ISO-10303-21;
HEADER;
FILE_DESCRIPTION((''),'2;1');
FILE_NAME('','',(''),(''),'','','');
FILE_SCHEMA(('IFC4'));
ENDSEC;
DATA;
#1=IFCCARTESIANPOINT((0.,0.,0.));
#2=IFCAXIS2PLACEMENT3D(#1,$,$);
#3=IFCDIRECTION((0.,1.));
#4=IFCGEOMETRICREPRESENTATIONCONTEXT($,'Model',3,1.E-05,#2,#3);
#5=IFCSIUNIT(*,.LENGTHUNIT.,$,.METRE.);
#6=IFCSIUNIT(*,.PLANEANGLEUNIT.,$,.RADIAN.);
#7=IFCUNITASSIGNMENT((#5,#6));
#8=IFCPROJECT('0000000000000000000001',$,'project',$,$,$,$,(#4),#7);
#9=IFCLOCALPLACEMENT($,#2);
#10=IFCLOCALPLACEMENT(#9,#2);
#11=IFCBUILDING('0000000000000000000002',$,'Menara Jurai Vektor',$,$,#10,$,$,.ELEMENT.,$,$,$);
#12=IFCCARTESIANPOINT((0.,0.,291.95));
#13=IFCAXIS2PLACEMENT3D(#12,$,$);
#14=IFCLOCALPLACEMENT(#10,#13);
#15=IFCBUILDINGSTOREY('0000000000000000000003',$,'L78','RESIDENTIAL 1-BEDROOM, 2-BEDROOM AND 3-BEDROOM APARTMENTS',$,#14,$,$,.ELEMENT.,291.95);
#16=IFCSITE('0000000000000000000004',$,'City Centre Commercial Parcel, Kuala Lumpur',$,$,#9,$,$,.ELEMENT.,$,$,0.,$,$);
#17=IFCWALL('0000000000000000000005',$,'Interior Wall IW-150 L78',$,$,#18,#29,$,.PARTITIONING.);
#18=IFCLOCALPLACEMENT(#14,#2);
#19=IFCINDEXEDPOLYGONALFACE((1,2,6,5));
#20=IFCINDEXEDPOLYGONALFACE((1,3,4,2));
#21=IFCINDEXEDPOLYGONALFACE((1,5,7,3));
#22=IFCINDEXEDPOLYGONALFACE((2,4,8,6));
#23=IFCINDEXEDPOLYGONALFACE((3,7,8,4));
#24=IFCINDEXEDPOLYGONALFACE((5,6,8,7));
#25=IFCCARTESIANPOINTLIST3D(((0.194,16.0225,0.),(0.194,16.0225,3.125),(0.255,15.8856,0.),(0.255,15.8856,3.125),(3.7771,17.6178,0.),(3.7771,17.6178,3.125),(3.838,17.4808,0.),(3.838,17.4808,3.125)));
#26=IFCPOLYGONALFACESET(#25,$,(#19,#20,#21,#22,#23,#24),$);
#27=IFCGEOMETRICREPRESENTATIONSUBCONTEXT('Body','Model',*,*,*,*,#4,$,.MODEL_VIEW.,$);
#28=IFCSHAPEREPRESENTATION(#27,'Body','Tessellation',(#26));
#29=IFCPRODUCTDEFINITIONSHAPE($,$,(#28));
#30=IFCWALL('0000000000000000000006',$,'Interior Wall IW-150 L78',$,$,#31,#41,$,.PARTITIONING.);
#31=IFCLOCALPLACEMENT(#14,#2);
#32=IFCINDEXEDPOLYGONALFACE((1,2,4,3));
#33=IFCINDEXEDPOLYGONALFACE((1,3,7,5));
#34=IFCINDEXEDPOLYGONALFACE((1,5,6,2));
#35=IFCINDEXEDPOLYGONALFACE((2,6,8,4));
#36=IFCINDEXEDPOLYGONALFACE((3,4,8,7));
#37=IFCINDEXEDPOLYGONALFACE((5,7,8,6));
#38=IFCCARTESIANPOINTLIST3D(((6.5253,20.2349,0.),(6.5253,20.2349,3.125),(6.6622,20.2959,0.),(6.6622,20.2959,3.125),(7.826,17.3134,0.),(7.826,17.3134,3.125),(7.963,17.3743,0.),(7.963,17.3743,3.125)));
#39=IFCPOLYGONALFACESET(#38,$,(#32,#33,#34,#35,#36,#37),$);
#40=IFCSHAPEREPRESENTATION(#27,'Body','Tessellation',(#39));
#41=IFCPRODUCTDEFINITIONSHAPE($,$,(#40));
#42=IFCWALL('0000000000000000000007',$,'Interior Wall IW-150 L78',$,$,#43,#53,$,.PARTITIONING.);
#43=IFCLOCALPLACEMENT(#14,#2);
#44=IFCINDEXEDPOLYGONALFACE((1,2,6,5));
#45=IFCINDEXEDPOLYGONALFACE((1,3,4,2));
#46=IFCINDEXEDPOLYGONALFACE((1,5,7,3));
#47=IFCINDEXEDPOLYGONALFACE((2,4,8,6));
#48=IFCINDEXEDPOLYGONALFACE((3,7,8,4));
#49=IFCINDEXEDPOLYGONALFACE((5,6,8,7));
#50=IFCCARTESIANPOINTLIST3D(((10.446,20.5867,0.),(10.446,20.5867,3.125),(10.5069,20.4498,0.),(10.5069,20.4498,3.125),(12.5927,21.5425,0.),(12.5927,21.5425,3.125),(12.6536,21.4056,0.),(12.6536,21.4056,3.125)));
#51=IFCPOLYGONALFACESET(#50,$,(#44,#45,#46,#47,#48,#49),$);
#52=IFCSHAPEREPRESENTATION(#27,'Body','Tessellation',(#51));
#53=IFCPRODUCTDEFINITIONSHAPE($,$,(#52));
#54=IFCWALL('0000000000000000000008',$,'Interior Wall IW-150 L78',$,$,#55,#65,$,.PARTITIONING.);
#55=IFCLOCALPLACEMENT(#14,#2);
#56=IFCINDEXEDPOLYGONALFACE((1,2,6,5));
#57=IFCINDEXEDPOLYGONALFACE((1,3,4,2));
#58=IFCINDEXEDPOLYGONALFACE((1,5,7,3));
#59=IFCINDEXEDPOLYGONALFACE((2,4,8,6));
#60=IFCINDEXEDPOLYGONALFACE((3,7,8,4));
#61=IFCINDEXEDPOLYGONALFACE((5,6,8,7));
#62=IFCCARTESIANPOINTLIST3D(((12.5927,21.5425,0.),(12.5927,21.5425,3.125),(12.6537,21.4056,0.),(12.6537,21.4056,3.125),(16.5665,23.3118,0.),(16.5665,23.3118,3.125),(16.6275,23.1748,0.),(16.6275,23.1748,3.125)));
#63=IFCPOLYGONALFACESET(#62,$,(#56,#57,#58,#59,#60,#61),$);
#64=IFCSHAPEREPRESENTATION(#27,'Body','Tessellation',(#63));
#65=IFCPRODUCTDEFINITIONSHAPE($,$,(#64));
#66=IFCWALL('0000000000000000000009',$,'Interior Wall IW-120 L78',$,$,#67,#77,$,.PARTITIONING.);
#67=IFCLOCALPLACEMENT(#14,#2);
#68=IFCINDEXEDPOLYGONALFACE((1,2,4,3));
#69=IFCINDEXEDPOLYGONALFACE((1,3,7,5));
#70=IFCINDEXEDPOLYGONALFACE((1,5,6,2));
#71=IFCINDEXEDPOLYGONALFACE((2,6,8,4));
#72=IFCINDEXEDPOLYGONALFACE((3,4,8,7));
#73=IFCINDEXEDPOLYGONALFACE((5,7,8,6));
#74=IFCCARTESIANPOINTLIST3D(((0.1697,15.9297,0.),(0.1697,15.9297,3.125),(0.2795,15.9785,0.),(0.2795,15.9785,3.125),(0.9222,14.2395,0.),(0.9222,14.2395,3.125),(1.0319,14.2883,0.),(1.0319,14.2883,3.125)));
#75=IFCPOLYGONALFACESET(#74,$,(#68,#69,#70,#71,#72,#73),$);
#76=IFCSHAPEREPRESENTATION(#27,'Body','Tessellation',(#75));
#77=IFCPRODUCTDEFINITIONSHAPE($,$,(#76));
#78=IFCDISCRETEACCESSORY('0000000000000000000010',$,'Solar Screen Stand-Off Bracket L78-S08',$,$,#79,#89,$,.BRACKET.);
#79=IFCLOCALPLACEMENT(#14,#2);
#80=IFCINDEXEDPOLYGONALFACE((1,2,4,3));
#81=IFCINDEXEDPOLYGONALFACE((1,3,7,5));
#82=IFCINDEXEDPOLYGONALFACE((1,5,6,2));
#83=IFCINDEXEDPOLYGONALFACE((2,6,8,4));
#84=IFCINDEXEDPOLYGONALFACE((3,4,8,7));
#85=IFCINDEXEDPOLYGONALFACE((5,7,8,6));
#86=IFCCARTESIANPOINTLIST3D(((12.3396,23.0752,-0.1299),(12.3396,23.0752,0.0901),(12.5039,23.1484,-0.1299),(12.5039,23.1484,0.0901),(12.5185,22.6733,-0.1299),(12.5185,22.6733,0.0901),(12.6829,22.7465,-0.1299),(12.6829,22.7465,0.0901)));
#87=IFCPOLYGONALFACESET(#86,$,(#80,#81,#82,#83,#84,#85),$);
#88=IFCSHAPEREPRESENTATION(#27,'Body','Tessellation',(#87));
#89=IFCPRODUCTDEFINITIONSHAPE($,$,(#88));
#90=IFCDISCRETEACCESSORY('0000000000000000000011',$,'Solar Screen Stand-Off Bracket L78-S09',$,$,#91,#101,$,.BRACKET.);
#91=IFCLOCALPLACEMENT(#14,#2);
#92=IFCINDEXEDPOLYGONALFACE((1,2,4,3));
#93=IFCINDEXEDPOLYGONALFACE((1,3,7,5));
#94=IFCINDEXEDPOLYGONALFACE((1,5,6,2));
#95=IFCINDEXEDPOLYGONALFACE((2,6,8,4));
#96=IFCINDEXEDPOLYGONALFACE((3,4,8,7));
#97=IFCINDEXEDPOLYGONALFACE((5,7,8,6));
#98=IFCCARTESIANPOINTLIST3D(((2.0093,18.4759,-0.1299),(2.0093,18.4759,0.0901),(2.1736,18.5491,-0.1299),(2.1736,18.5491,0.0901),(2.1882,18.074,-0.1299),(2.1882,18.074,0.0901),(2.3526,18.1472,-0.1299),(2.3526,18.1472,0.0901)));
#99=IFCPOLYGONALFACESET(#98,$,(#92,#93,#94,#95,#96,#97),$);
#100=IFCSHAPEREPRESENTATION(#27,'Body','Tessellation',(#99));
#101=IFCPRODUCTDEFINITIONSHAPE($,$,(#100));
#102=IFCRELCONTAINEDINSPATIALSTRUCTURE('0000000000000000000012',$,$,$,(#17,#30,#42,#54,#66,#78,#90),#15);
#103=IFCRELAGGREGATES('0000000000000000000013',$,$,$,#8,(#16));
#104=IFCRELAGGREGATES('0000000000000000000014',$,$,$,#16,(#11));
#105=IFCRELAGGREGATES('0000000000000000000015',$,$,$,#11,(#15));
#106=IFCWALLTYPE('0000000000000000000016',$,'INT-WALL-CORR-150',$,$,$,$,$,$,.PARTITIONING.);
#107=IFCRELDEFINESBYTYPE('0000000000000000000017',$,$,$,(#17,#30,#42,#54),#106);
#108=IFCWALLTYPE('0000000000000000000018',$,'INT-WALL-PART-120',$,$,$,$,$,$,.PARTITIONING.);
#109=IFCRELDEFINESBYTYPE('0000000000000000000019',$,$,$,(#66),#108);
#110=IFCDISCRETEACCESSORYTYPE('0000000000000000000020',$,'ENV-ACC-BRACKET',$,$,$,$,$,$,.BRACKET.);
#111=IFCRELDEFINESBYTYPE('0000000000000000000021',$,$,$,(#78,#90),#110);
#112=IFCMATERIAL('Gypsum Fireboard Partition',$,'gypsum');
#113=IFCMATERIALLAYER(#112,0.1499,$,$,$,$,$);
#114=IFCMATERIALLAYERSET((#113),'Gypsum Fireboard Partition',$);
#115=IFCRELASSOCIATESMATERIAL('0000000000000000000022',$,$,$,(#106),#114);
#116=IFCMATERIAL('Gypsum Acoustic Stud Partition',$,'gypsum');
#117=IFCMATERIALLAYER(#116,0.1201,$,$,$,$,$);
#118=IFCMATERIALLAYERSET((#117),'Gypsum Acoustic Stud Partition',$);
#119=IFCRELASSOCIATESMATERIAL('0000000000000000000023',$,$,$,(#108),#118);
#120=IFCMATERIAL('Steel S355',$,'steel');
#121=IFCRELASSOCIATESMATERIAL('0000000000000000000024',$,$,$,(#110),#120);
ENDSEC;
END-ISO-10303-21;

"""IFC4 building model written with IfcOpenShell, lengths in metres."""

from ifc_helpers import new_model, si_unit, direction, frame, frame_2d, origin, origin_2d, place, context, subcontext, project, spatial, rectangle, extrude, material, layer, layer_set, type_object, element, save


model = new_model("IFC4")

# Units and contexts
model_context = context("Model", 3, precision=1e-05, world=origin(), true_north=direction((0.0, 1.0)))
body_context = subcontext(model_context, "Body", "Model", "MODEL_VIEW")
ifc_project = project(units=[si_unit("LENGTHUNIT", "METRE"), si_unit("PLANEANGLEUNIT", "RADIAN")], contexts=[model_context])

# Site, building, storey
site_placement = place(None, origin())
site = spatial("IfcSite", under=ifc_project, at=site_placement, Name="City Centre Commercial Parcel, Kuala Lumpur", CompositionType="ELEMENT", RefElevation=0.0)
building_placement = place(site_placement, origin())
building = spatial("IfcBuilding", under=site, at=building_placement, Name="Menara Jurai Vektor", CompositionType="ELEMENT")
storey_placement = place(building_placement, frame((0.0, 0.0, 291.95)))
storey = spatial("IfcBuildingStorey", under=building, at=storey_placement, Name="L78", Description="RESIDENTIAL 1-BEDROOM, 2-BEDROOM AND 3-BEDROOM APARTMENTS", CompositionType="ELEMENT", Elevation=291.95)

# Shared definitions
ifc_material_1 = material(Name="Steel S355", Category="steel")

# Shared definitions
ifc_material_2 = material(Name="Gypsum Fireboard Partition", Category="gypsum")
ifc_layer_1 = layer(ifc_material_2, 0.1499)
ifc_layer_set_1 = layer_set([ifc_layer_1], Name="Gypsum Fireboard Partition")
wall_type_1 = type_object("IfcWallType", Name="INT-WALL-CORR-150", PredefinedType="PARTITIONING", material=ifc_layer_set_1)

# Wall
wall_1_placement = place(storey_placement, frame((0.2246, 15.9541, 0.0), z_axis=(0.0, 0.0, 1.0), x_axis=(0.91355, 0.406727, 0.0)))
element("IfcWall", 1, at=wall_1_placement, inside=storey, type_object=wall_type_1, Name="Interior Wall IW-150 L78", PredefinedType="PARTITIONING", context=body_context, shape_type="SweptSolid", body=[
    extrude(rectangle(XDim=3.9221, YDim=0.1499, at=frame_2d((1.9609, 0.0))), origin(), (0.0, 0.0, 1.0), 3.125),
])

# Wall
wall_2_placement = place(storey_placement, frame((7.8945, 17.3438, 0.0), z_axis=(0.0, 0.0, 1.0), x_axis=(-0.406733, 0.913547, 0.0)))
element("IfcWall", 2, at=wall_2_placement, inside=storey, type_object=wall_type_1, Name="Interior Wall IW-150 L78", PredefinedType="PARTITIONING", context=body_context, shape_type="SweptSolid", body=[
    extrude(rectangle(XDim=3.198, YDim=0.1499, at=frame_2d((1.5991, 0.0))), origin(), (0.0, 0.0, 1.0), 3.125),
])

# Walls
wall_3_placement = place(storey_placement, frame((10.4766, 20.5183, 0.0), z_axis=(0.0, 0.0, 1.0), x_axis=(0.913541, 0.406746, 0.0)))
element("IfcWall", 3, at=wall_3_placement, inside=storey, type_object=wall_type_1, Name="Interior Wall IW-150 L78", PredefinedType="PARTITIONING", context=body_context, shape_type="SweptSolid", body=[
    extrude(rectangle(XDim=2.3499, YDim=0.1499, at=frame_2d((1.1748, 0.0))), origin(), (0.0, 0.0, 1.0), 3.125),
])
wall_4_placement = place(storey_placement, frame((12.6233, 21.4741, 0.0), z_axis=(0.0, 0.0, 1.0), x_axis=(0.913545, 0.406737, 0.0)))
element("IfcWall", 4, at=wall_4_placement, inside=storey, type_object=wall_type_1, Name="Interior Wall IW-150 L78", PredefinedType="PARTITIONING", context=body_context, shape_type="SweptSolid", body=[
    extrude(rectangle(XDim=4.3499, YDim=0.1499, at=frame_2d((2.1748, 0.0))), origin(), (0.0, 0.0, 1.0), 3.125),
])
ifc_material_3 = material(Name="Gypsum Acoustic Stud Partition", Category="gypsum")
ifc_layer_2 = layer(ifc_material_3, 0.1201)
ifc_layer_set_2 = layer_set([ifc_layer_2], Name="Gypsum Acoustic Stud Partition")
wall_type_2 = type_object("IfcWallType", Name="INT-WALL-PART-120", PredefinedType="PARTITIONING", material=ifc_layer_set_2)
wall_5_placement = place(storey_placement, frame((0.9771, 14.2639, 0.0), z_axis=(0.0, 0.0, 1.0), x_axis=(-0.406702, 0.913561, 0.0)))
element("IfcWall", 5, at=wall_5_placement, inside=storey, type_object=wall_type_2, Name="Interior Wall IW-120 L78", PredefinedType="PARTITIONING", context=body_context, shape_type="SweptSolid", body=[
    extrude(rectangle(XDim=1.8501, YDim=0.1201, at=frame_2d((0.925, 0.0))), origin(), (0.0, 0.0, 1.0), 3.125),
])

# Discrete accessories
discrete_accessory_type = type_object("IfcDiscreteAccessoryType", Name="ENV-ACC-BRACKET", PredefinedType="BRACKET", material=ifc_material_1)
for number, where, z_axis, x_axis, name in (
    (6, (12.5112, 22.9109, -0.1299), (0.0, 0.0, 1.0), (-0.913545, -0.406737, 0.0), "Solar Screen Stand-Off Bracket L78-S08"),
    (7, (2.1809, 18.3115, -0.1299), (0.0, 0.0, 1.0), (-0.913545, -0.406737, 0.0), "Solar Screen Stand-Off Bracket L78-S09"),
):
    element("IfcDiscreteAccessory", number, at=place(storey_placement, frame(where, z_axis=z_axis, x_axis=x_axis)), inside=storey, type_object=discrete_accessory_type, Name=name, PredefinedType="BRACKET", context=body_context, shape_type="SweptSolid", body=[
        extrude(rectangle(XDim=0.1799, YDim=0.4399, at=origin_2d()), origin(), (0.0, 0.0, 1.0), 0.22),
    ])

save(model, "model.ifc")
